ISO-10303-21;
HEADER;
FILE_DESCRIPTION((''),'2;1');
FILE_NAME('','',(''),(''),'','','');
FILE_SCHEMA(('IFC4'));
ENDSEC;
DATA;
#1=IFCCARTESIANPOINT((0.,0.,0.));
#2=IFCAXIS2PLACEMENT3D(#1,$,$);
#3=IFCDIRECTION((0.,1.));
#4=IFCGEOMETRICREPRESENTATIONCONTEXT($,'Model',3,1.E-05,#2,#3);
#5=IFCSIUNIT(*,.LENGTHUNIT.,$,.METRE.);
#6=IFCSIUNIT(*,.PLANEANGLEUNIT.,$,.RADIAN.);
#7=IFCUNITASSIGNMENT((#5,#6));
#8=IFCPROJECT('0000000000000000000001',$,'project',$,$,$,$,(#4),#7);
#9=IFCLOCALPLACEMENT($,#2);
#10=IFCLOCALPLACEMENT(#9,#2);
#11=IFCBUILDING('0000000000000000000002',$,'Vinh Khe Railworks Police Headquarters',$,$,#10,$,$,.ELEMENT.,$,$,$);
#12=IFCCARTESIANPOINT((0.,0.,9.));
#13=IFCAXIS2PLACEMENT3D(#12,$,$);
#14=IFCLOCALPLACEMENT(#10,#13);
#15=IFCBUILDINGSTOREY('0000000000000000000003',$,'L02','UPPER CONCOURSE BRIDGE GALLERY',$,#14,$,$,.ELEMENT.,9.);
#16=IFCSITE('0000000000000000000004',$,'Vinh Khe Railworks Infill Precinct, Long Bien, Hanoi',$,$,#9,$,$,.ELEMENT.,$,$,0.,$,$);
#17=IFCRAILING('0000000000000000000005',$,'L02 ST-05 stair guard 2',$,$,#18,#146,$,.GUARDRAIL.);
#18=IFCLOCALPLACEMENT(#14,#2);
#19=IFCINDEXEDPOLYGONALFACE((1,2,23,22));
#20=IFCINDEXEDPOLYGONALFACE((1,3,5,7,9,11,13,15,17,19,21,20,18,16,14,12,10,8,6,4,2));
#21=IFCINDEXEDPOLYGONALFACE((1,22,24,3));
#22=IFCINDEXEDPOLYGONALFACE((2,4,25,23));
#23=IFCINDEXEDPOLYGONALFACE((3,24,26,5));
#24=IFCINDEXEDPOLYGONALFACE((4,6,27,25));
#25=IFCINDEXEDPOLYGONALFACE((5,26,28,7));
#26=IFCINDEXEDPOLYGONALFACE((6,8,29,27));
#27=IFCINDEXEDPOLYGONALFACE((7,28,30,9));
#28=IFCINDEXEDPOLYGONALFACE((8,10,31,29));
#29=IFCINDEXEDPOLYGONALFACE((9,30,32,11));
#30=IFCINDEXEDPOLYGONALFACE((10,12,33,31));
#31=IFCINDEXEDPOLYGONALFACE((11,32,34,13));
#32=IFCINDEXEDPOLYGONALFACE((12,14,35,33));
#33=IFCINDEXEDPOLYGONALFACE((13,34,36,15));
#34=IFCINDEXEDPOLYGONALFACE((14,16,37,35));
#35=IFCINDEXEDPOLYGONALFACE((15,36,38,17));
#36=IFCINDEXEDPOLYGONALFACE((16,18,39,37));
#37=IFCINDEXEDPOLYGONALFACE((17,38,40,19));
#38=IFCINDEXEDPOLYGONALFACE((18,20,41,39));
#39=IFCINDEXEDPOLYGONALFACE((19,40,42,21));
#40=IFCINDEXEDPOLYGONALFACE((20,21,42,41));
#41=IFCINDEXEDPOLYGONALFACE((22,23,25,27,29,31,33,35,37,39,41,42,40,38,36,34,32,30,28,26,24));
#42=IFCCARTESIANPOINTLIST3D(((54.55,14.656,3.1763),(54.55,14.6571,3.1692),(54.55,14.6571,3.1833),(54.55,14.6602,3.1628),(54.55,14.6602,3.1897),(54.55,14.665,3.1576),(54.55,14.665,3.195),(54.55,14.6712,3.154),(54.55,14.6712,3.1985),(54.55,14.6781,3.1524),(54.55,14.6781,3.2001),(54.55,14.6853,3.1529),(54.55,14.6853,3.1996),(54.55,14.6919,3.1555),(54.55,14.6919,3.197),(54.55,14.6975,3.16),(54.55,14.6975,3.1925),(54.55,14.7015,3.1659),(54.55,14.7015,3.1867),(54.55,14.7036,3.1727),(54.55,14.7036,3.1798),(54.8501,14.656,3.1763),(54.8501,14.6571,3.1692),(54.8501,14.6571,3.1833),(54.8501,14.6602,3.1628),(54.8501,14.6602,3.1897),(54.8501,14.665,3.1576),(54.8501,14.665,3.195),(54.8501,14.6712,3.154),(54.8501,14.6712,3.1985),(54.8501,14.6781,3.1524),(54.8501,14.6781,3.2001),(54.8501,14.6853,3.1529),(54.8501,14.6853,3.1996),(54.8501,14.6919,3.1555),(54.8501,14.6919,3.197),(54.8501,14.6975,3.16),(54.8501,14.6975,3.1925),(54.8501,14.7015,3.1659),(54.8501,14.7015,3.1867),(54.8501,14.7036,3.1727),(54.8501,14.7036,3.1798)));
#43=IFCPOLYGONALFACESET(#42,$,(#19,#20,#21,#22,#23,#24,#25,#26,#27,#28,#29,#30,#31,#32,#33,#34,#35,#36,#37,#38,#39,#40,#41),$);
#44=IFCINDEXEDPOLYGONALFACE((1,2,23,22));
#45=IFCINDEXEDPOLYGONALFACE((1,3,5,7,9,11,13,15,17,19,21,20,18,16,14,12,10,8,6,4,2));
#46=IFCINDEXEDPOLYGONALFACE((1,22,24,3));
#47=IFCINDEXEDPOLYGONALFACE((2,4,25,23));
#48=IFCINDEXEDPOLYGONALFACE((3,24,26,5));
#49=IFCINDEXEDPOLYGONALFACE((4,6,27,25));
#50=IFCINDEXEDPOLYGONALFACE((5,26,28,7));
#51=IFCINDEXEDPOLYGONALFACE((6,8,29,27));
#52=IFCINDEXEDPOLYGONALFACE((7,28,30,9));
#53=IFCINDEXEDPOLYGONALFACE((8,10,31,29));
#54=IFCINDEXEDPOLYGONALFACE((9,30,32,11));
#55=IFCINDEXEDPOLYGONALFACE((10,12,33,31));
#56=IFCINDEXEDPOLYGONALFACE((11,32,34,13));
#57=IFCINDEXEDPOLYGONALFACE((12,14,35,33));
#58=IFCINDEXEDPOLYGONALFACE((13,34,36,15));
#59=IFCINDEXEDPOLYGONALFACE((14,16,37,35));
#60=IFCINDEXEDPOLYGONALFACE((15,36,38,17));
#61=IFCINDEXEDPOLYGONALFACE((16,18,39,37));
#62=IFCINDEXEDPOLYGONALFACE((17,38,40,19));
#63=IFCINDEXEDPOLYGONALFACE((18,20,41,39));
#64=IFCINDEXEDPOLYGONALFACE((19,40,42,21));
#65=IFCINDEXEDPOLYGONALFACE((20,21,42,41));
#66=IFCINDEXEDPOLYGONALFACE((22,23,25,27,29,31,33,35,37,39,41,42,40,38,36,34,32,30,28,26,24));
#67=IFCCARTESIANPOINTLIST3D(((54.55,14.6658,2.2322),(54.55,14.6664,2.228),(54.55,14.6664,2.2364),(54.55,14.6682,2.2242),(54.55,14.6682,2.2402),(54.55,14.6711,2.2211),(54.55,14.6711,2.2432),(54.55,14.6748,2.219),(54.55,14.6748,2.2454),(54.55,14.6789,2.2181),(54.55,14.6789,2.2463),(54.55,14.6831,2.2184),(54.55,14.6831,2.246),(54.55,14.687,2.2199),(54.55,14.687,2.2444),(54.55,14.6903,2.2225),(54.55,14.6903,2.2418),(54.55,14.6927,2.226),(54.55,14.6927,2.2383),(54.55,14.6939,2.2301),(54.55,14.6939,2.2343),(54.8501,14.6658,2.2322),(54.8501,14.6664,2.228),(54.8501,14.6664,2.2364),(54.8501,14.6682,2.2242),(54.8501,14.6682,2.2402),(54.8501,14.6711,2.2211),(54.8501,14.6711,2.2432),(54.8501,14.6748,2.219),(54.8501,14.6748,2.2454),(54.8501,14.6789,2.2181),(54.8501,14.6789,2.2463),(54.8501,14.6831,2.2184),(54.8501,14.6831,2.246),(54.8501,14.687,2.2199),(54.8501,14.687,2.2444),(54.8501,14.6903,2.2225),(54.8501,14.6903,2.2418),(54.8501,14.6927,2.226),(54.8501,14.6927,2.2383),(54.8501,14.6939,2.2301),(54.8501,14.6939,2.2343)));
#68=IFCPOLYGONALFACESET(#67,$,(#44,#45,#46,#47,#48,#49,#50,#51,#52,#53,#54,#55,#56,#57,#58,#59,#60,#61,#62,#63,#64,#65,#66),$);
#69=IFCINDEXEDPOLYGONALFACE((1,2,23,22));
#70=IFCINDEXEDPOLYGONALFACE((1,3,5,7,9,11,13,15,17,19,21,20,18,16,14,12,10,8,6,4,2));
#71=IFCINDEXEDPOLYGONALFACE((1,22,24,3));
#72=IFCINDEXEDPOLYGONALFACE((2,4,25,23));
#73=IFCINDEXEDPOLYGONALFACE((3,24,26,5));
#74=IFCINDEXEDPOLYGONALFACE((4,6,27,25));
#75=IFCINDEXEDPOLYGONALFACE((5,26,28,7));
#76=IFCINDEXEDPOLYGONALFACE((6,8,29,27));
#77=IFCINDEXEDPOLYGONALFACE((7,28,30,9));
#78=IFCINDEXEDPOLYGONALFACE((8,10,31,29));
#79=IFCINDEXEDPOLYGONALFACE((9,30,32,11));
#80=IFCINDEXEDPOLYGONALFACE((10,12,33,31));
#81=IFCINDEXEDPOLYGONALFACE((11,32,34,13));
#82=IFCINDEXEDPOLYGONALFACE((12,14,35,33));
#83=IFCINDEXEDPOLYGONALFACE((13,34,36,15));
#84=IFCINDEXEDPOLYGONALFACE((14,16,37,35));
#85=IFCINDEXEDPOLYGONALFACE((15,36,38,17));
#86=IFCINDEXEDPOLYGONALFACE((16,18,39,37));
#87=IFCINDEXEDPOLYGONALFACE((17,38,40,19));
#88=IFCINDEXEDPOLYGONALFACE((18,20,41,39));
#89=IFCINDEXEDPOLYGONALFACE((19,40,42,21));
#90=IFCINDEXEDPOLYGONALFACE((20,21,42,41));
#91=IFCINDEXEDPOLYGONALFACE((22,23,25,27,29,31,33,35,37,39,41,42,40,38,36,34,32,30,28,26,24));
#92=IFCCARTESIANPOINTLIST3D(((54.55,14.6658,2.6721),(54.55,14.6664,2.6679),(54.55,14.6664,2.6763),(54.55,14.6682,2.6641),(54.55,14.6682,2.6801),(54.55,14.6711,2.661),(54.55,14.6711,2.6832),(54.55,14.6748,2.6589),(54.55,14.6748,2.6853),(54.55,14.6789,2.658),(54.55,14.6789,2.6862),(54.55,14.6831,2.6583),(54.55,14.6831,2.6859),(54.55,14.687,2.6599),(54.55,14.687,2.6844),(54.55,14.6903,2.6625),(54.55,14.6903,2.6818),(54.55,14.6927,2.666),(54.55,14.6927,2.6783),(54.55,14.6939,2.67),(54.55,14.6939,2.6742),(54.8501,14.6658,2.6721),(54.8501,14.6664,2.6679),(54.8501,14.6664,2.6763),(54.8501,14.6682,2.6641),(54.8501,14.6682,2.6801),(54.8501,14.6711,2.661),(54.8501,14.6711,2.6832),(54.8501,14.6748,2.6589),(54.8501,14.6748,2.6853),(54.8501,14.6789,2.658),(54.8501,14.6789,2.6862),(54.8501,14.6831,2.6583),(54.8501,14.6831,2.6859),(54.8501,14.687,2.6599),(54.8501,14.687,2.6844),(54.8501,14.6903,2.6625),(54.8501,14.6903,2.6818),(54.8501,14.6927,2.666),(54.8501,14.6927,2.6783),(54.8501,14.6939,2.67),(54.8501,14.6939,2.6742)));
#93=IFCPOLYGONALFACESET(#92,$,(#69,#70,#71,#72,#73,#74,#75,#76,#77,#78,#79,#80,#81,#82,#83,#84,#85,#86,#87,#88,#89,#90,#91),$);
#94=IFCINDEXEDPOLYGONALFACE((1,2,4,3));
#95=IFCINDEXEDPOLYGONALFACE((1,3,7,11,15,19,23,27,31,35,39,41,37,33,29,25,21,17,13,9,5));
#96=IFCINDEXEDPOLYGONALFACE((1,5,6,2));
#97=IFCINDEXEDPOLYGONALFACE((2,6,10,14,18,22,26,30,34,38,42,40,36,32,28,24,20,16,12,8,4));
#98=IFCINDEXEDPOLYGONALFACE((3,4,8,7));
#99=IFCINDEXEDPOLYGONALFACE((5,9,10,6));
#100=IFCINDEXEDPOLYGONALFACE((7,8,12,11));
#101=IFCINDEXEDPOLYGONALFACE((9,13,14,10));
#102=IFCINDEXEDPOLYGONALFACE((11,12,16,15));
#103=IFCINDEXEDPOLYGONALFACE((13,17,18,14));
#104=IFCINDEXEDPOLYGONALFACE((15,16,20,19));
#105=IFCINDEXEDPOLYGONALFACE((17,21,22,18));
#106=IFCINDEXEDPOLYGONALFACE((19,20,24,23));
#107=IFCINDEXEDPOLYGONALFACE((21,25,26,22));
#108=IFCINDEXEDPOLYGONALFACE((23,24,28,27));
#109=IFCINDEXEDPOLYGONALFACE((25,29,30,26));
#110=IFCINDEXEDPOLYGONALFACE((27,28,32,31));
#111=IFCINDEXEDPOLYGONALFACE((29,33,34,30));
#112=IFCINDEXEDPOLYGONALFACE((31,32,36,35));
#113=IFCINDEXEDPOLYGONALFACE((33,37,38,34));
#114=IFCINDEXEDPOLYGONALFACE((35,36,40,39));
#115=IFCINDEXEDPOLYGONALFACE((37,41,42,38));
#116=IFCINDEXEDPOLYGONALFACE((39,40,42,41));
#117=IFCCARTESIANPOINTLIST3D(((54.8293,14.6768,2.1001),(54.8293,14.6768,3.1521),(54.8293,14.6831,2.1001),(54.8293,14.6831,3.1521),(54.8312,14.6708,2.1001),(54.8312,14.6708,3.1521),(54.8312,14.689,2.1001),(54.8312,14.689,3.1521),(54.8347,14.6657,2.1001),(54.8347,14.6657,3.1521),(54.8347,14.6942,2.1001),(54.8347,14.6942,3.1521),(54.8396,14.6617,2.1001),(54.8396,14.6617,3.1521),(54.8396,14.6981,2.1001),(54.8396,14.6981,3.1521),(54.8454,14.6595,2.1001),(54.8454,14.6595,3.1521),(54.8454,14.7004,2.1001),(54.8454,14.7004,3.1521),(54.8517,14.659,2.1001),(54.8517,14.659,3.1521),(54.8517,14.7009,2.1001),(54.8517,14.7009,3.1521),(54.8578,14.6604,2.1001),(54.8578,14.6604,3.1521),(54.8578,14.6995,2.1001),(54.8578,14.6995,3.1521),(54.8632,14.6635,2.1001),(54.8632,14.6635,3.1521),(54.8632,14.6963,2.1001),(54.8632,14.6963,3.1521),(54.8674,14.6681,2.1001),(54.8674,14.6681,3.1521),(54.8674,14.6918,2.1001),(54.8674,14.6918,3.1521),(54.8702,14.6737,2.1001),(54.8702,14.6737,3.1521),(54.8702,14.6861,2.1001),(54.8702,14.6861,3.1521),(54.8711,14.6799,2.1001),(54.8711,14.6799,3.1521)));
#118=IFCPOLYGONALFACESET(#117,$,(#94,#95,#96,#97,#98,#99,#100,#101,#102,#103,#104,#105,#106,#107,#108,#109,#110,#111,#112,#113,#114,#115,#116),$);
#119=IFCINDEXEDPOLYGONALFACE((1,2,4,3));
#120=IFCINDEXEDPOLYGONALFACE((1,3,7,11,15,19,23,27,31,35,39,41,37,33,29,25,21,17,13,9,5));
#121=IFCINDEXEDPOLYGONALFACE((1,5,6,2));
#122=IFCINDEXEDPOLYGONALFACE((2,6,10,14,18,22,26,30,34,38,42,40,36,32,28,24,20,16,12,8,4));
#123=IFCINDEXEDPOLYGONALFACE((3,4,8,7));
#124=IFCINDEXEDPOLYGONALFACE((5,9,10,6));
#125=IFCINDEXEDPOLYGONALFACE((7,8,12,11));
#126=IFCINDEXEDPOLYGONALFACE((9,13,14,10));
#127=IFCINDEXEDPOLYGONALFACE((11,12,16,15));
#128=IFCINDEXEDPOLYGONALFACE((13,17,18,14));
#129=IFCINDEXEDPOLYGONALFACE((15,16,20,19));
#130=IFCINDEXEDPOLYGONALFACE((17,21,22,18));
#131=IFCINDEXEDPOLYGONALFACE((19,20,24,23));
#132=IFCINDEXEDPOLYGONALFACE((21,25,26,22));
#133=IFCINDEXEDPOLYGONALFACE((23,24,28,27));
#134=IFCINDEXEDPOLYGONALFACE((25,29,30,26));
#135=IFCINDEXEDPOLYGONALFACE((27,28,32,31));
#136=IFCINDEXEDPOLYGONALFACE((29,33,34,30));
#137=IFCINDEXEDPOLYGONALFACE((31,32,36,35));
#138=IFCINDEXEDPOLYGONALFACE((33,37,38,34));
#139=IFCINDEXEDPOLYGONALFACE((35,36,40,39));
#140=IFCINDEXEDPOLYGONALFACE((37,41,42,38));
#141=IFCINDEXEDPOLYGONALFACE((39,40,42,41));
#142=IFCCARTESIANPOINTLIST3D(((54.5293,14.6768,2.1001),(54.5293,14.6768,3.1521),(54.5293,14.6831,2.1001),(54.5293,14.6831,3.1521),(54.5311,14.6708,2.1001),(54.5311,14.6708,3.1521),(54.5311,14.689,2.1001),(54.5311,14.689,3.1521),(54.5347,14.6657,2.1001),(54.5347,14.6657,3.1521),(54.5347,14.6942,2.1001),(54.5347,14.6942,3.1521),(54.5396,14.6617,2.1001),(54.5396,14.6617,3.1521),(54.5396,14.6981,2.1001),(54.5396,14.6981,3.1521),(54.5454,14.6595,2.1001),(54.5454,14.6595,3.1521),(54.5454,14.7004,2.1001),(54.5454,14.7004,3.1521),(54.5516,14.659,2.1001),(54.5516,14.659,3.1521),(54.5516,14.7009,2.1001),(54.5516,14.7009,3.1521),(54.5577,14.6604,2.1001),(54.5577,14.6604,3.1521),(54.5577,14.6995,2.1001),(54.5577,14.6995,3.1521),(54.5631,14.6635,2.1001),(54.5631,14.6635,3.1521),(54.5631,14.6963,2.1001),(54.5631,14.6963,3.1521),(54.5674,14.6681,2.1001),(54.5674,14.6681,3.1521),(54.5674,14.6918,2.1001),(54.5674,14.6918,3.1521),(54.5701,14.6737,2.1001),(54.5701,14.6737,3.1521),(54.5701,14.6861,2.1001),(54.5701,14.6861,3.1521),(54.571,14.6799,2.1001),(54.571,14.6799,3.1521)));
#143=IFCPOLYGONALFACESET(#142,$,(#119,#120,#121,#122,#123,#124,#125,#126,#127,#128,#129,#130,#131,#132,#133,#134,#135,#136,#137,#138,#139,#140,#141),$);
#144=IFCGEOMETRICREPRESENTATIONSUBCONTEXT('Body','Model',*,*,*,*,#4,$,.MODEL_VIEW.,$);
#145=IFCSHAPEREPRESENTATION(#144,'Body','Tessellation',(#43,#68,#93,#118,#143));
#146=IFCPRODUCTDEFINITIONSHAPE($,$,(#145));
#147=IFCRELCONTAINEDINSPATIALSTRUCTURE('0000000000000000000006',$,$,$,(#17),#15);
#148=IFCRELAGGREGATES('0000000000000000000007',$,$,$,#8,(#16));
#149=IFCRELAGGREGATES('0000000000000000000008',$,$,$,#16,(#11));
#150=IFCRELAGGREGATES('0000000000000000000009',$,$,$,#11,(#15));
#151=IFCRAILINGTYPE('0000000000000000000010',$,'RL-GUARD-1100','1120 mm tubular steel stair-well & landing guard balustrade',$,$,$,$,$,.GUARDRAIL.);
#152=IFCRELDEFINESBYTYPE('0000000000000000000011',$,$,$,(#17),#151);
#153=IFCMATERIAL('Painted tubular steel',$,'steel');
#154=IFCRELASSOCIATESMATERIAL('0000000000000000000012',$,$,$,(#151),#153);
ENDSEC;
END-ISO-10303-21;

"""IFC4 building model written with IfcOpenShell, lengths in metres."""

from ifc_helpers import new_model, si_unit, direction, frame, origin, origin_2d, place, context, subcontext, project, spatial, circle, extrude, material, type_object, element, save


model = new_model("IFC4")

# Units and contexts
model_context = context("Model", 3, precision=1e-05, world=origin(), true_north=direction((0.0, 1.0)))
body_context = subcontext(model_context, "Body", "Model", "MODEL_VIEW")
ifc_project = project(units=[si_unit("LENGTHUNIT", "METRE"), si_unit("PLANEANGLEUNIT", "RADIAN")], contexts=[model_context])

# Site, building, storey
site_placement = place(None, origin())
site = spatial("IfcSite", under=ifc_project, at=site_placement, Name="Vinh Khe Railworks Infill Precinct, Long Bien, Hanoi", CompositionType="ELEMENT", RefElevation=0.0)
building_placement = place(site_placement, origin())
building = spatial("IfcBuilding", under=site, at=building_placement, Name="Vinh Khe Railworks Police Headquarters", CompositionType="ELEMENT")
storey_placement = place(building_placement, frame((0.0, 0.0, 9.0)))
storey = spatial("IfcBuildingStorey", under=building, at=storey_placement, Name="L02", Description="UPPER CONCOURSE BRIDGE GALLERY", CompositionType="ELEMENT", Elevation=9.0)

# Railing
ifc_material_1 = material(Name="Painted tubular steel", Category="steel")
railing_type_1 = type_object("IfcRailingType", Name="RL-GUARD-1100", Description="1120 mm tubular steel stair-well & landing guard balustrade", PredefinedType="GUARDRAIL", material=ifc_material_1)
railing_1_placement = place(storey_placement, frame((54.8501, 14.6799, 2.1001)))
element("IfcRailing", 1, at=railing_1_placement, inside=storey, type_object=railing_type_1, Name="L02 ST-05 stair guard 2", PredefinedType="GUARDRAIL", context=body_context, shape_type="SweptSolid", body=[
    extrude(circle(Radius=0.0239, at=origin_2d()), frame((0.0, 0.0, 1.0762), z_axis=(-1.0, 0.0, 0.0), x_axis=(0.0, -1.0, 0.0)), (0.0, 0.0, 1.0), 0.3),
    extrude(circle(Radius=0.0142, at=origin_2d()), frame((0.0, 0.0, 0.1321), z_axis=(-1.0, 0.0, 0.0), x_axis=(0.0, -1.0, 0.0)), (0.0, 0.0, 1.0), 0.3),
    extrude(circle(Radius=0.0142, at=origin_2d()), frame((0.0, 0.0, 0.572), z_axis=(-1.0, 0.0, 0.0), x_axis=(0.0, -1.0, 0.0)), (0.0, 0.0, 1.0), 0.3),
    extrude(circle(Radius=0.021, at=origin_2d()), origin(), (0.0, 0.0, 1.0), 1.052),
    extrude(circle(Radius=0.021, at=origin_2d()), frame((-0.3, 0.0, 0.0)), (0.0, 0.0, 1.0), 1.052),
])

save(model, "model.ifc")
